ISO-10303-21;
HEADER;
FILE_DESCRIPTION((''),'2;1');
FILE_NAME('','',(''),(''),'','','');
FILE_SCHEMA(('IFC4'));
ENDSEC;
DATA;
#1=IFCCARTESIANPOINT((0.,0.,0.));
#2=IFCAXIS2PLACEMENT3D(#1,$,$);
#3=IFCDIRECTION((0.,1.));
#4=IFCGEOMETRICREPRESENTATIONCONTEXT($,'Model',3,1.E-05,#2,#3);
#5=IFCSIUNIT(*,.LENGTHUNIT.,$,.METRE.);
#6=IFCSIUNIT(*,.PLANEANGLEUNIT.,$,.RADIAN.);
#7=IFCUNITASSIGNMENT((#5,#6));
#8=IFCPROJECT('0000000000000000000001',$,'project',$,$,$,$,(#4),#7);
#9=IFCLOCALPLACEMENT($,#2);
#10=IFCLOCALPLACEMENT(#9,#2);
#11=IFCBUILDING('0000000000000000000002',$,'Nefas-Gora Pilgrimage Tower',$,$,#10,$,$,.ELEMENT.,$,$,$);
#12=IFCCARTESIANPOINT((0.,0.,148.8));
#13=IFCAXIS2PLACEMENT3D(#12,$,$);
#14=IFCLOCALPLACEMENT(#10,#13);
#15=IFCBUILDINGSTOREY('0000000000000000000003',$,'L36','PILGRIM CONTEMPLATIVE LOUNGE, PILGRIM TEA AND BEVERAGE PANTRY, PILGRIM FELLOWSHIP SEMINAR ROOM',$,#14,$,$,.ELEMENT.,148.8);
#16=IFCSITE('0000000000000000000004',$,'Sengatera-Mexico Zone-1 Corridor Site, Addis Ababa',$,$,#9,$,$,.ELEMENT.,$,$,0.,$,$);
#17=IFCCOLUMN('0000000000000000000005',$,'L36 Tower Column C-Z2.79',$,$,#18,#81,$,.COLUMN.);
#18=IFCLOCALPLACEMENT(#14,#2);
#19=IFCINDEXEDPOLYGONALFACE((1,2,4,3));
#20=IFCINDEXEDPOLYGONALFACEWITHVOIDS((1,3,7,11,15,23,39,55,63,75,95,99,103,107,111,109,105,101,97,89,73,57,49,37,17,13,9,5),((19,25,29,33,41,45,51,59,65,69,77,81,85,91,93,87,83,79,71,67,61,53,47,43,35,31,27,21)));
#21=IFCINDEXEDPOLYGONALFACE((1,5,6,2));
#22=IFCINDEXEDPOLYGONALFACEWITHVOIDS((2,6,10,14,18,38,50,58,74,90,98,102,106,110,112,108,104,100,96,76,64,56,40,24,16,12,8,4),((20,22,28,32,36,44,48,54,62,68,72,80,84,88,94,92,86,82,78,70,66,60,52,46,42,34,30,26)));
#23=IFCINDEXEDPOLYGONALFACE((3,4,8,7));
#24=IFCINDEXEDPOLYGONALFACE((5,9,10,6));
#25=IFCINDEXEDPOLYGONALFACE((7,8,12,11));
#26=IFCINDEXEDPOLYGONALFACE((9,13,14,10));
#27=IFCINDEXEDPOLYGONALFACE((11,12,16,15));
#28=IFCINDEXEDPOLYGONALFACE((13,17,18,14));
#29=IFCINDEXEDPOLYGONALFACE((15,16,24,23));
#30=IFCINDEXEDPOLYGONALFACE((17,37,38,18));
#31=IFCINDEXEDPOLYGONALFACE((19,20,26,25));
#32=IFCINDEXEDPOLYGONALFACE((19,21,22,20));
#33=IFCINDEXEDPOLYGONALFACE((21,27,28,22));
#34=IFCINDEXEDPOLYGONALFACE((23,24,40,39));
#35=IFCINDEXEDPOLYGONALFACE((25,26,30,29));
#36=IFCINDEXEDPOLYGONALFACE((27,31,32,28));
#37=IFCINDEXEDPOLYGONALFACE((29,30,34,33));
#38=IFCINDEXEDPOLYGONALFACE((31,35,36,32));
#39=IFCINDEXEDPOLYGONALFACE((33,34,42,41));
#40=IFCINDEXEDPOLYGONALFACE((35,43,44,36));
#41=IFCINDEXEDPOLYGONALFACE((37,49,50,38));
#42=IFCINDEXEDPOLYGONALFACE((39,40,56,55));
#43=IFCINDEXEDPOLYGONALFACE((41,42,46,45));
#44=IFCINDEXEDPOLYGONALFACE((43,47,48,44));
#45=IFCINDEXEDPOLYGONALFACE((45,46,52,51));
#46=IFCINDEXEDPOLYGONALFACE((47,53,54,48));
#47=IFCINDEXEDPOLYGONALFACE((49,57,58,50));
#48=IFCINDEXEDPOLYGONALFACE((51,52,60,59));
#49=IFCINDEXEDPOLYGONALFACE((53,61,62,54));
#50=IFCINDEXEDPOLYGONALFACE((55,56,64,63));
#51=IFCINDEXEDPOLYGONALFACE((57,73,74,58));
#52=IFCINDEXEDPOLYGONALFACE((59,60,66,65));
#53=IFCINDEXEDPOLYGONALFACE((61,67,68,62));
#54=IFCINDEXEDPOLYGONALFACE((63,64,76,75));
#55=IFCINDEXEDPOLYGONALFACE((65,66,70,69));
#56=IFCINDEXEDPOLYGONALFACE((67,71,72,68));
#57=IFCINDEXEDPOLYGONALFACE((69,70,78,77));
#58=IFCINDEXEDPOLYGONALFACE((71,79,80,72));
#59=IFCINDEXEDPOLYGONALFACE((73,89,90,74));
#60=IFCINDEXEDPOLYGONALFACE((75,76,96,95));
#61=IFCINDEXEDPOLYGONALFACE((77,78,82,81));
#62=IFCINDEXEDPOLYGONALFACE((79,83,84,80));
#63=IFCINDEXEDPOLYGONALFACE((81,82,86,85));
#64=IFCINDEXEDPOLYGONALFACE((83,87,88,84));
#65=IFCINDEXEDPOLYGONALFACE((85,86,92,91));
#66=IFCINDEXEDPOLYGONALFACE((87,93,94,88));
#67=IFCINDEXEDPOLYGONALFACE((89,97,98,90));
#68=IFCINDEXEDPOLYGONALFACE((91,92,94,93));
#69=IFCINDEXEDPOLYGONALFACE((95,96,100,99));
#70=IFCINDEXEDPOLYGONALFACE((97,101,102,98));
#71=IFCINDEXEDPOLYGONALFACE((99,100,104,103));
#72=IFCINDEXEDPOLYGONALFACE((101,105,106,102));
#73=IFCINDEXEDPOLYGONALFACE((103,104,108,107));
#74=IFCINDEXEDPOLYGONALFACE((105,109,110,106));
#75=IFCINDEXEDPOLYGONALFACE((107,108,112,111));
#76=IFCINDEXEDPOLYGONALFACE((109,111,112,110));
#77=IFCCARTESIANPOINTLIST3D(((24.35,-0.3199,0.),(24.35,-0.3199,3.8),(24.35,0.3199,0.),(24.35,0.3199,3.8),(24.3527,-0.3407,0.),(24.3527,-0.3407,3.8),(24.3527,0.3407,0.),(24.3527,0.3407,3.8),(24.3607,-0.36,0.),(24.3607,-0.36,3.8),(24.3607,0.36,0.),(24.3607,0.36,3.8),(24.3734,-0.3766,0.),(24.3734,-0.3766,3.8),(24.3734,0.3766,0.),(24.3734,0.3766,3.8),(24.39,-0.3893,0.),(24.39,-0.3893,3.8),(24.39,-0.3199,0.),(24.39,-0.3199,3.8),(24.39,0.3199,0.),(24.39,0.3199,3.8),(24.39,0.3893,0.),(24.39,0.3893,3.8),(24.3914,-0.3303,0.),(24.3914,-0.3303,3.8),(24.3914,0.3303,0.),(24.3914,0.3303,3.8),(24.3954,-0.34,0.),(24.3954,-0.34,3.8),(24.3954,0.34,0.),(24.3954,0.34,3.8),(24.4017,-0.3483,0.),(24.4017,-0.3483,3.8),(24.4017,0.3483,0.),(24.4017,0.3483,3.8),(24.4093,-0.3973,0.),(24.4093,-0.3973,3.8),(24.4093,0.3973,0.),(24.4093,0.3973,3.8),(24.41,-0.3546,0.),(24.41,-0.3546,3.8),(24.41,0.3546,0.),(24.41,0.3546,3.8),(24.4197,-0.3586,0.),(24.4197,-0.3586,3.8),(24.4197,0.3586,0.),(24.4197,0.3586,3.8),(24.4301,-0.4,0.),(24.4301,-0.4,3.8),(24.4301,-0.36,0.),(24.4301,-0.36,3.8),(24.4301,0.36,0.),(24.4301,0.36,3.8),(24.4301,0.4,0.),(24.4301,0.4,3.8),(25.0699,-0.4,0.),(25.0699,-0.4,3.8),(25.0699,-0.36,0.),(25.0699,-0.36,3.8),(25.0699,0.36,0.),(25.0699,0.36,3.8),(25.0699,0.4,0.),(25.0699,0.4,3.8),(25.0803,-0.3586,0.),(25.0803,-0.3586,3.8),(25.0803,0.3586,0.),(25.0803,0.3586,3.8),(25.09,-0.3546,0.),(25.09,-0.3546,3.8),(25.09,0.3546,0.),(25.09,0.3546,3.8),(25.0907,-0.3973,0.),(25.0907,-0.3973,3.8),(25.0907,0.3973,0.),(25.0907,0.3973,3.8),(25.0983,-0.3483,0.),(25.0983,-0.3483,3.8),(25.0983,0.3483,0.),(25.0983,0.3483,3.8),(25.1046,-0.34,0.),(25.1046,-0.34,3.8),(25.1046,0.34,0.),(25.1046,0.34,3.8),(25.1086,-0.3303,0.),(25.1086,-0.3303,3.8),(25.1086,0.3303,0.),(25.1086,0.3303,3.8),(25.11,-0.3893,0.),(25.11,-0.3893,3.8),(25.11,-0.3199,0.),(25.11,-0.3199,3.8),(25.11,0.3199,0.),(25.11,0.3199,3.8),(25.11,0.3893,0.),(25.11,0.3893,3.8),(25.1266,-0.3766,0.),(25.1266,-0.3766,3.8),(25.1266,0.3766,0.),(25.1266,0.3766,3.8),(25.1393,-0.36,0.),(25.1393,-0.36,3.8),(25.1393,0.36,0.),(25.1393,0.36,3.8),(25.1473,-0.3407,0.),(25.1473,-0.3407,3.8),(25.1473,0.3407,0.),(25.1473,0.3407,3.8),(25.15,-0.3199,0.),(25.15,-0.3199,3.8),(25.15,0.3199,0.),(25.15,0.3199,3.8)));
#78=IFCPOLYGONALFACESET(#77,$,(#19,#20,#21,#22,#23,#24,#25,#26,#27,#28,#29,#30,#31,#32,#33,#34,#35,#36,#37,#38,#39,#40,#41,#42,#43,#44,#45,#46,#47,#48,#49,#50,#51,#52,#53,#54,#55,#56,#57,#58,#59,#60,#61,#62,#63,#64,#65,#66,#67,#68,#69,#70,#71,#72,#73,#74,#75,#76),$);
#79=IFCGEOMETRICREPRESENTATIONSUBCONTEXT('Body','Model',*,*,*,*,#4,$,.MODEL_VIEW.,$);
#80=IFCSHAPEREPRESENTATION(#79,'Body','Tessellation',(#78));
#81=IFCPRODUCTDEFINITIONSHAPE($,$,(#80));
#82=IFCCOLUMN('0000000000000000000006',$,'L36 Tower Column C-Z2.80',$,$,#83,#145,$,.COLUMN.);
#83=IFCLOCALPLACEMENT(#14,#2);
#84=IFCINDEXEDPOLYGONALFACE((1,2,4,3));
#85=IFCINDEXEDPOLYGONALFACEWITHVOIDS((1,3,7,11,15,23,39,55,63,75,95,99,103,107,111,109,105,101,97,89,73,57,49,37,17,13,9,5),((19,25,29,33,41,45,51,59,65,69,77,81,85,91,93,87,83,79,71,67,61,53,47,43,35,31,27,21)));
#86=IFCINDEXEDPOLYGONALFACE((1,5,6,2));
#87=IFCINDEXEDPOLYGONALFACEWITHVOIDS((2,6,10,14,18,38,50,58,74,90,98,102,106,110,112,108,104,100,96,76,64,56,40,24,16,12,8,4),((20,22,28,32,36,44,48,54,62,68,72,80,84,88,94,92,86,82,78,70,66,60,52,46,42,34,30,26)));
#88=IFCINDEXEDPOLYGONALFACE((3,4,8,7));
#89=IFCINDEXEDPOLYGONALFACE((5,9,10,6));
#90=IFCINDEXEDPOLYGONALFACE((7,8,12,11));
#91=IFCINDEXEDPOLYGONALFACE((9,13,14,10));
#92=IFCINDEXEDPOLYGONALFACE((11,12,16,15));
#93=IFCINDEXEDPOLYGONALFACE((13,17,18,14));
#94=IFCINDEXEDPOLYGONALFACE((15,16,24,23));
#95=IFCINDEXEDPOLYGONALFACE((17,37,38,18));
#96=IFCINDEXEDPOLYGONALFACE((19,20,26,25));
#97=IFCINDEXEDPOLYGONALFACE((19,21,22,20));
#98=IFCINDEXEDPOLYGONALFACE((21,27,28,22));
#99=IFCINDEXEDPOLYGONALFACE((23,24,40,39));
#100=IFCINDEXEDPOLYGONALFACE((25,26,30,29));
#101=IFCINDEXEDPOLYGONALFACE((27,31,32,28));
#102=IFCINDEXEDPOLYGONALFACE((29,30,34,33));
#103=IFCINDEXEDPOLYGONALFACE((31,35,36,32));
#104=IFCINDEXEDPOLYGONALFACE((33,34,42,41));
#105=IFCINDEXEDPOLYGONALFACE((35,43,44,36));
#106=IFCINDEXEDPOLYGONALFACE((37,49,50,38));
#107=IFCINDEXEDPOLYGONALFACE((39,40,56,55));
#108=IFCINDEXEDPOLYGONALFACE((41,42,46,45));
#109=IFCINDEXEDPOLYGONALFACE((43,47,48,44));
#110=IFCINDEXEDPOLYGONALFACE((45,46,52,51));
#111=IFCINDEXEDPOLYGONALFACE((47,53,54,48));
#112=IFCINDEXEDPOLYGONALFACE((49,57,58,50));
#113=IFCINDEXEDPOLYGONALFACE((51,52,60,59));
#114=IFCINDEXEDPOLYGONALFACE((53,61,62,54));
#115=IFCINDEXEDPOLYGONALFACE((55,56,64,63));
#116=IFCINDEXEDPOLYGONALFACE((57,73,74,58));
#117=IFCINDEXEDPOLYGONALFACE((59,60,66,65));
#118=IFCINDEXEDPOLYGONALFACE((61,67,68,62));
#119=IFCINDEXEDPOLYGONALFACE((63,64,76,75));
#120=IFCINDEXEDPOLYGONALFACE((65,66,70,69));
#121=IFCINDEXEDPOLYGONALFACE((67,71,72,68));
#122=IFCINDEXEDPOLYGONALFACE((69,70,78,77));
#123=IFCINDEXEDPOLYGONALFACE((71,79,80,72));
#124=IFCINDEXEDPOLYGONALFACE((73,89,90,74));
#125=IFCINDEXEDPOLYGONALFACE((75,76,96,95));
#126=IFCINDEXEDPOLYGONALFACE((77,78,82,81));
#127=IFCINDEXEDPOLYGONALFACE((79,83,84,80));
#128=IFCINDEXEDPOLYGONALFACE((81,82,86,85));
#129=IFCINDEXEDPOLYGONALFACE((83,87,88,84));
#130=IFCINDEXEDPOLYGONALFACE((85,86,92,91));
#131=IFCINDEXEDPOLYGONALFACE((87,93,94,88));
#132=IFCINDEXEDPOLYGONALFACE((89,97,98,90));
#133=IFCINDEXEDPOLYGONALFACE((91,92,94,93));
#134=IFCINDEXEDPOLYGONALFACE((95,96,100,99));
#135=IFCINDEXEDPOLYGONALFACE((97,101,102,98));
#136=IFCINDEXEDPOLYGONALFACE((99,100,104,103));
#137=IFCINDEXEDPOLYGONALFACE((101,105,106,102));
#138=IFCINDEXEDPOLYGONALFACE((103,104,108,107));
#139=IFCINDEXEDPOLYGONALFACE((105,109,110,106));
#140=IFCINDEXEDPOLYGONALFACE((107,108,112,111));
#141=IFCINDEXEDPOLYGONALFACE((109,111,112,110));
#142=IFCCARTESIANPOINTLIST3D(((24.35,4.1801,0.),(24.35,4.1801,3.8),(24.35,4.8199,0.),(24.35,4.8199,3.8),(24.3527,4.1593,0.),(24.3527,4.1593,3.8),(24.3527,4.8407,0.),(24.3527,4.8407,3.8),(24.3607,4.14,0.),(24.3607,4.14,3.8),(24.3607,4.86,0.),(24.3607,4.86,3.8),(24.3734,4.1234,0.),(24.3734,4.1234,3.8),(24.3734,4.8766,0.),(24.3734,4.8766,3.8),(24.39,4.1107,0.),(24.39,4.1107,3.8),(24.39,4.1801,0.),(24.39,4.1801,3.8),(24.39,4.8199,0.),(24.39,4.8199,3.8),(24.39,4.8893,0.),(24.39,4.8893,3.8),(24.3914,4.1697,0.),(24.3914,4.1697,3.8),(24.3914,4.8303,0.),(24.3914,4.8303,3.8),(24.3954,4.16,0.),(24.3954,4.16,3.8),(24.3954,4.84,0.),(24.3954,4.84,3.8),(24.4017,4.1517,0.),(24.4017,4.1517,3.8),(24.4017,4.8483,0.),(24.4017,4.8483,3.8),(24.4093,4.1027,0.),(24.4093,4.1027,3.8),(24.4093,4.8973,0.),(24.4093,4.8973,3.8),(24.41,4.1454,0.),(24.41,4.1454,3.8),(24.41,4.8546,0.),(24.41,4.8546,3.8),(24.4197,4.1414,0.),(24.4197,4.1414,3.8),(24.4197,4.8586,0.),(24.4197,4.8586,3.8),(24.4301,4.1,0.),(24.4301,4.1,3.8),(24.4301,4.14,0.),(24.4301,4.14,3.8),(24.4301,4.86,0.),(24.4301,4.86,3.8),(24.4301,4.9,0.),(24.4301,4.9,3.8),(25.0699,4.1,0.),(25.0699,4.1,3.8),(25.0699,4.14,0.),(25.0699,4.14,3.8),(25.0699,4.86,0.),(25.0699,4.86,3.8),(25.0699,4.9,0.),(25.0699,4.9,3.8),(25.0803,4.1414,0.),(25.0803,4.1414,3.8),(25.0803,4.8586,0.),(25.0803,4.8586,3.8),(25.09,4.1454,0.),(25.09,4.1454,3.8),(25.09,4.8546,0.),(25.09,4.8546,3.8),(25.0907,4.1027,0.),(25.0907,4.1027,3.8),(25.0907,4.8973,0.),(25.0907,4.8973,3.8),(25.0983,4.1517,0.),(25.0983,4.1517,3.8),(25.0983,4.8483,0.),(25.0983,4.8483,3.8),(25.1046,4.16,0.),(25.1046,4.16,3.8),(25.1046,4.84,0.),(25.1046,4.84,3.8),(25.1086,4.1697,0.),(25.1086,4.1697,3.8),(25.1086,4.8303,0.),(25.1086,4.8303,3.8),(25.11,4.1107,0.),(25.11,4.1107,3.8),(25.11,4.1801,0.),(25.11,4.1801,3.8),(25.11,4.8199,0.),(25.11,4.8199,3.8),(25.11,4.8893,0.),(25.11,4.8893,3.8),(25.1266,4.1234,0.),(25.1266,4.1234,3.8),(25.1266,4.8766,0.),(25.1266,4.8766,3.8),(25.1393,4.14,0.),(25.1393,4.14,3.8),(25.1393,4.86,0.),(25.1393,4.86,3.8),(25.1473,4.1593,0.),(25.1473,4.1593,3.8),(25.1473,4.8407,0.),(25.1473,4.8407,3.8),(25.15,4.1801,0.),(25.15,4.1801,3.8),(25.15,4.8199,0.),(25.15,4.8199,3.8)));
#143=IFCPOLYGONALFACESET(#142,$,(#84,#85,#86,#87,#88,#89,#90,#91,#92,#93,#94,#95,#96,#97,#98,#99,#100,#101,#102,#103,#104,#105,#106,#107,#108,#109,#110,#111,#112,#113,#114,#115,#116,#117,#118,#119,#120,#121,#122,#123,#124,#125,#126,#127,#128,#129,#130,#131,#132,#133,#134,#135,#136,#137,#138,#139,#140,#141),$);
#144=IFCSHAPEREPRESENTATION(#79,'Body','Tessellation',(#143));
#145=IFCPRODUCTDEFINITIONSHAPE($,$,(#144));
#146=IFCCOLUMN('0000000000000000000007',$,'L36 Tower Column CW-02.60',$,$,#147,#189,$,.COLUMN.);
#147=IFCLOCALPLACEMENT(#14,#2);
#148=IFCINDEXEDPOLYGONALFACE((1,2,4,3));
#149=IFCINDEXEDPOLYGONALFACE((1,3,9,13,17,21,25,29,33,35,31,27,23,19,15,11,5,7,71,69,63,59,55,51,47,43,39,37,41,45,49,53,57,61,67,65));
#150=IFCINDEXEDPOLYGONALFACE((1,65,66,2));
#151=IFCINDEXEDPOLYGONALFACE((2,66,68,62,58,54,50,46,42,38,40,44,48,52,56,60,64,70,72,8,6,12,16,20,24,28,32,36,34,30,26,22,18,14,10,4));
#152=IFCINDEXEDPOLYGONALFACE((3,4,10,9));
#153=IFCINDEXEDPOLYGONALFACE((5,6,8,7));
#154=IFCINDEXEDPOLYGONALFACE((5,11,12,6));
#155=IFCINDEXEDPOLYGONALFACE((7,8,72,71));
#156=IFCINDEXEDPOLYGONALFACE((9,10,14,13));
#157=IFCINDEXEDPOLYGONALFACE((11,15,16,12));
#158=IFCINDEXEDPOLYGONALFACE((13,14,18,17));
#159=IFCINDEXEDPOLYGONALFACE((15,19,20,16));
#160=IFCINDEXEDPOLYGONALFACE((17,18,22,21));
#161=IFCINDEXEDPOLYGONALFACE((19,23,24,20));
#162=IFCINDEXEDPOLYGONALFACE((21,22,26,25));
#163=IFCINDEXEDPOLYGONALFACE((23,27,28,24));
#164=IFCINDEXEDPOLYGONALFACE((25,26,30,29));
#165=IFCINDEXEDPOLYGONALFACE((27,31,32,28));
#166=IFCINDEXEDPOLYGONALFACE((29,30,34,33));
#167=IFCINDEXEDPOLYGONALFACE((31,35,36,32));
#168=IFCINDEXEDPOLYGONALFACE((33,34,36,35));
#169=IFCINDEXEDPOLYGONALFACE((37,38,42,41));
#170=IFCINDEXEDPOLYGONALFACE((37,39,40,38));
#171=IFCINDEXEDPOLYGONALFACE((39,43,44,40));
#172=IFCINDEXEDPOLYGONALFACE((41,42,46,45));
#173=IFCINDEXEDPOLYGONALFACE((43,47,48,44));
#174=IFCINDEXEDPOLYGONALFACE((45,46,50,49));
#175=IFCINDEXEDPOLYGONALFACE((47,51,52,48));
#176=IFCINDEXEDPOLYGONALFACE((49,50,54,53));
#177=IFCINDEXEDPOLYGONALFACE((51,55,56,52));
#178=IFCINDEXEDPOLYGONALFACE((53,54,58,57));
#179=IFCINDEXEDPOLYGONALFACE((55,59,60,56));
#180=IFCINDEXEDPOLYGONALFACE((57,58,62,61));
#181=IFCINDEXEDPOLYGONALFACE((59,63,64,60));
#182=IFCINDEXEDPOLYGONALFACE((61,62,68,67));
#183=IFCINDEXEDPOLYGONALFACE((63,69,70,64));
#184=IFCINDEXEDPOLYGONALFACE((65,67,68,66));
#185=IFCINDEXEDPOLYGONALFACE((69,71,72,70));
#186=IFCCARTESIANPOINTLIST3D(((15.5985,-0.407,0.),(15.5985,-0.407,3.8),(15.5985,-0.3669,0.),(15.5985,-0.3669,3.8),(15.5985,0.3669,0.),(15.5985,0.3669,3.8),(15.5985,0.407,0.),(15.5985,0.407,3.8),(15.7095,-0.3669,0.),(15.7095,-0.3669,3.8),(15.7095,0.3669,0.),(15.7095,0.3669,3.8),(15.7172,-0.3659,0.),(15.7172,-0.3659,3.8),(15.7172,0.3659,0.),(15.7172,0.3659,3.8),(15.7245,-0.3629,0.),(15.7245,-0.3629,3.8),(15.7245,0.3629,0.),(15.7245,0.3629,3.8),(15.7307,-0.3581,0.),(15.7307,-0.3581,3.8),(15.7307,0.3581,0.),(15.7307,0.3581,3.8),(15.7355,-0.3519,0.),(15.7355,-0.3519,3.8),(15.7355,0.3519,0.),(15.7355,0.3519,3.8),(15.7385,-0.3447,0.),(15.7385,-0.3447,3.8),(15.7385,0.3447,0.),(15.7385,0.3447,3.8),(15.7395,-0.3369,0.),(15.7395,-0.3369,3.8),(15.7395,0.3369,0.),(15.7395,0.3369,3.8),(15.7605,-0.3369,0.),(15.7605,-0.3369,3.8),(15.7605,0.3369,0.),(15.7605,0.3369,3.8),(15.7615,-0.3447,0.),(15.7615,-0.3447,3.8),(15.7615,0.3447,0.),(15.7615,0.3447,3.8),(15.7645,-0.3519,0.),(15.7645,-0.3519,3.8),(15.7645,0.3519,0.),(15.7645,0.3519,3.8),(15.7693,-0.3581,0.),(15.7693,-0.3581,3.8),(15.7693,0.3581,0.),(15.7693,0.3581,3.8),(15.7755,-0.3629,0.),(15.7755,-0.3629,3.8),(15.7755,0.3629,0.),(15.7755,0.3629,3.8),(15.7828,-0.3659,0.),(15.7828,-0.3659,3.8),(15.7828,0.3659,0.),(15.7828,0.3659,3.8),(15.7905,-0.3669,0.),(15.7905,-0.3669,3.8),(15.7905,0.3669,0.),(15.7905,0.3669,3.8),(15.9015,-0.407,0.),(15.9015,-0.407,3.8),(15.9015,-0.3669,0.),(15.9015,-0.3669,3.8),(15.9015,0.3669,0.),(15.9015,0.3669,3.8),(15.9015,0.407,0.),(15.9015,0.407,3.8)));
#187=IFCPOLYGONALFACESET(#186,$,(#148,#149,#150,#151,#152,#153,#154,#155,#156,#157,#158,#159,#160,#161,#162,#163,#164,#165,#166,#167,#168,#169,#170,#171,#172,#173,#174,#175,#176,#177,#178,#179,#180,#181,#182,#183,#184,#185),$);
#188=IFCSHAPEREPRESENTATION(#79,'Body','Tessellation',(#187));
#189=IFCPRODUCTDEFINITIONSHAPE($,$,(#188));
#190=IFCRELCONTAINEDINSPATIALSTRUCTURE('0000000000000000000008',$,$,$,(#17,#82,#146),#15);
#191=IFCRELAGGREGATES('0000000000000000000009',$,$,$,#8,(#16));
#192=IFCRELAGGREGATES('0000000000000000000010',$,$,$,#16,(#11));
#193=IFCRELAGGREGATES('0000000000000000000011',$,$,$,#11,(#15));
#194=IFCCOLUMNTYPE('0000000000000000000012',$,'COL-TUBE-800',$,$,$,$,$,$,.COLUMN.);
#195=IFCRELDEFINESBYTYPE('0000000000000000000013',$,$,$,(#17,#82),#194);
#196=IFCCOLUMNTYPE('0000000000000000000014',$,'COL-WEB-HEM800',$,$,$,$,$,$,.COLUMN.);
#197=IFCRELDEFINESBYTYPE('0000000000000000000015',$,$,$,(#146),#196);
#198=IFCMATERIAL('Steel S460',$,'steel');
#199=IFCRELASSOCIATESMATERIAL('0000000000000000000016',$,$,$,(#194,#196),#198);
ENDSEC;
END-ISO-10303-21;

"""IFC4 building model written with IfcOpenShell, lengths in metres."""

from ifc_helpers import new_model, si_unit, direction, frame, origin, origin_2d, place, context, subcontext, project, spatial, hollow_rectangle, i_section, extrude, source, transform, mapped, material, material_profile, profile_set, type_object, element, save


model = new_model("IFC4")

# Units and contexts
model_context = context("Model", 3, precision=1e-05, world=origin(), true_north=direction((0.0, 1.0)))
body_context = subcontext(model_context, "Body", "Model", "MODEL_VIEW")
ifc_project = project(units=[si_unit("LENGTHUNIT", "METRE"), si_unit("PLANEANGLEUNIT", "RADIAN")], contexts=[model_context])

# Site, building, storey
site_placement = place(None, origin())
site = spatial("IfcSite", under=ifc_project, at=site_placement, Name="Sengatera-Mexico Zone-1 Corridor Site, Addis Ababa", CompositionType="ELEMENT", RefElevation=0.0)
building_placement = place(site_placement, origin())
building = spatial("IfcBuilding", under=site, at=building_placement, Name="Nefas-Gora Pilgrimage Tower", CompositionType="ELEMENT")
storey_placement = place(building_placement, frame((0.0, 0.0, 148.8)))
storey = spatial("IfcBuildingStorey", under=building, at=storey_placement, Name="L36", Description="PILGRIM CONTEMPLATIVE LOUNGE, PILGRIM TEA AND BEVERAGE PANTRY, PILGRIM FELLOWSHIP SEMINAR ROOM", CompositionType="ELEMENT", Elevation=148.8)

# Columns
ifc_material_1 = material(Name="Steel S460", Category="steel")
ifc_material_profile_1 = material_profile(ifc_material_1, hollow_rectangle(XDim=0.8, YDim=0.8, WallThickness=0.04, InnerFilletRadius=0.04, OuterFilletRadius=0.0801, at=origin_2d()), Name="BOX 800x800x40")
ifc_profile_set_1 = profile_set([ifc_material_profile_1], Name="Steel S460")
column_type_1 = type_object("IfcColumnType", Name="COL-TUBE-800", PredefinedType="COLUMN", material=ifc_profile_set_1)
shared_shape_1 = source(origin(), body_context, "Body", "SweptSolid", [
    extrude(hollow_rectangle(XDim=0.8, YDim=0.8, WallThickness=0.04, InnerFilletRadius=0.04, OuterFilletRadius=0.0801, at=origin_2d()), origin(), (0.0, 0.0, 1.0), 3.8),
])
for number, where, z_axis, x_axis, name in (
    (1, (24.75, 0.0, 0.0), (0.0, 0.0, 1.0), (1.0, 0.0, 0.0), "L36 Tower Column C-Z2.79"),
    (2, (24.75, 4.5, 0.0), (0.0, 0.0, 1.0), (1.0, 0.0, 0.0), "L36 Tower Column C-Z2.80"),
):
    element("IfcColumn", number, at=place(storey_placement, frame(where, z_axis=z_axis, x_axis=x_axis)), inside=storey, type_object=column_type_1, Name=name, PredefinedType="COLUMN", context=body_context, shape_type="MappedRepresentation", body=[
        mapped(shared_shape_1, transform((0.0, 0.0, 0.0), x_axis=(1.0, 0.0, 0.0), y_axis=(0.0, 1.0, 0.0), z_axis=(0.0, 0.0, 1.0), scale=1.0)),
    ])
ifc_material_profile_2 = material_profile(ifc_material_1, i_section(OverallWidth=0.303, OverallDepth=0.814, WebThickness=0.021, FlangeThickness=0.04, FilletRadius=0.03, at=origin_2d()), Name="HEM 800")
ifc_profile_set_2 = profile_set([ifc_material_profile_2], Name="Steel S460")
column_type_2 = type_object("IfcColumnType", Name="COL-WEB-HEM800", PredefinedType="COLUMN", material=ifc_profile_set_2)
shared_shape_2 = source(origin(), body_context, "Body", "SweptSolid", [
    extrude(i_section(OverallWidth=0.303, OverallDepth=0.814, WebThickness=0.021, FlangeThickness=0.04, FilletRadius=0.03, at=origin_2d()), origin(), (0.0, 0.0, 1.0), 3.8),
])
for number, where, z_axis, x_axis, name in (
    (3, (15.75, 0.0, 0.0), (0.0, 0.0, 1.0), (1.0, 0.0, 0.0), "L36 Tower Column CW-02.60"),
):
    element("IfcColumn", number, at=place(storey_placement, frame(where, z_axis=z_axis, x_axis=x_axis)), inside=storey, type_object=column_type_2, Name=name, PredefinedType="COLUMN", context=body_context, shape_type="MappedRepresentation", body=[
        mapped(shared_shape_2, transform((0.0, 0.0, 0.0), x_axis=(1.0, 0.0, 0.0), y_axis=(0.0, 1.0, 0.0), z_axis=(0.0, 0.0, 1.0), scale=1.0)),
    ])

save(model, "model.ifc")
